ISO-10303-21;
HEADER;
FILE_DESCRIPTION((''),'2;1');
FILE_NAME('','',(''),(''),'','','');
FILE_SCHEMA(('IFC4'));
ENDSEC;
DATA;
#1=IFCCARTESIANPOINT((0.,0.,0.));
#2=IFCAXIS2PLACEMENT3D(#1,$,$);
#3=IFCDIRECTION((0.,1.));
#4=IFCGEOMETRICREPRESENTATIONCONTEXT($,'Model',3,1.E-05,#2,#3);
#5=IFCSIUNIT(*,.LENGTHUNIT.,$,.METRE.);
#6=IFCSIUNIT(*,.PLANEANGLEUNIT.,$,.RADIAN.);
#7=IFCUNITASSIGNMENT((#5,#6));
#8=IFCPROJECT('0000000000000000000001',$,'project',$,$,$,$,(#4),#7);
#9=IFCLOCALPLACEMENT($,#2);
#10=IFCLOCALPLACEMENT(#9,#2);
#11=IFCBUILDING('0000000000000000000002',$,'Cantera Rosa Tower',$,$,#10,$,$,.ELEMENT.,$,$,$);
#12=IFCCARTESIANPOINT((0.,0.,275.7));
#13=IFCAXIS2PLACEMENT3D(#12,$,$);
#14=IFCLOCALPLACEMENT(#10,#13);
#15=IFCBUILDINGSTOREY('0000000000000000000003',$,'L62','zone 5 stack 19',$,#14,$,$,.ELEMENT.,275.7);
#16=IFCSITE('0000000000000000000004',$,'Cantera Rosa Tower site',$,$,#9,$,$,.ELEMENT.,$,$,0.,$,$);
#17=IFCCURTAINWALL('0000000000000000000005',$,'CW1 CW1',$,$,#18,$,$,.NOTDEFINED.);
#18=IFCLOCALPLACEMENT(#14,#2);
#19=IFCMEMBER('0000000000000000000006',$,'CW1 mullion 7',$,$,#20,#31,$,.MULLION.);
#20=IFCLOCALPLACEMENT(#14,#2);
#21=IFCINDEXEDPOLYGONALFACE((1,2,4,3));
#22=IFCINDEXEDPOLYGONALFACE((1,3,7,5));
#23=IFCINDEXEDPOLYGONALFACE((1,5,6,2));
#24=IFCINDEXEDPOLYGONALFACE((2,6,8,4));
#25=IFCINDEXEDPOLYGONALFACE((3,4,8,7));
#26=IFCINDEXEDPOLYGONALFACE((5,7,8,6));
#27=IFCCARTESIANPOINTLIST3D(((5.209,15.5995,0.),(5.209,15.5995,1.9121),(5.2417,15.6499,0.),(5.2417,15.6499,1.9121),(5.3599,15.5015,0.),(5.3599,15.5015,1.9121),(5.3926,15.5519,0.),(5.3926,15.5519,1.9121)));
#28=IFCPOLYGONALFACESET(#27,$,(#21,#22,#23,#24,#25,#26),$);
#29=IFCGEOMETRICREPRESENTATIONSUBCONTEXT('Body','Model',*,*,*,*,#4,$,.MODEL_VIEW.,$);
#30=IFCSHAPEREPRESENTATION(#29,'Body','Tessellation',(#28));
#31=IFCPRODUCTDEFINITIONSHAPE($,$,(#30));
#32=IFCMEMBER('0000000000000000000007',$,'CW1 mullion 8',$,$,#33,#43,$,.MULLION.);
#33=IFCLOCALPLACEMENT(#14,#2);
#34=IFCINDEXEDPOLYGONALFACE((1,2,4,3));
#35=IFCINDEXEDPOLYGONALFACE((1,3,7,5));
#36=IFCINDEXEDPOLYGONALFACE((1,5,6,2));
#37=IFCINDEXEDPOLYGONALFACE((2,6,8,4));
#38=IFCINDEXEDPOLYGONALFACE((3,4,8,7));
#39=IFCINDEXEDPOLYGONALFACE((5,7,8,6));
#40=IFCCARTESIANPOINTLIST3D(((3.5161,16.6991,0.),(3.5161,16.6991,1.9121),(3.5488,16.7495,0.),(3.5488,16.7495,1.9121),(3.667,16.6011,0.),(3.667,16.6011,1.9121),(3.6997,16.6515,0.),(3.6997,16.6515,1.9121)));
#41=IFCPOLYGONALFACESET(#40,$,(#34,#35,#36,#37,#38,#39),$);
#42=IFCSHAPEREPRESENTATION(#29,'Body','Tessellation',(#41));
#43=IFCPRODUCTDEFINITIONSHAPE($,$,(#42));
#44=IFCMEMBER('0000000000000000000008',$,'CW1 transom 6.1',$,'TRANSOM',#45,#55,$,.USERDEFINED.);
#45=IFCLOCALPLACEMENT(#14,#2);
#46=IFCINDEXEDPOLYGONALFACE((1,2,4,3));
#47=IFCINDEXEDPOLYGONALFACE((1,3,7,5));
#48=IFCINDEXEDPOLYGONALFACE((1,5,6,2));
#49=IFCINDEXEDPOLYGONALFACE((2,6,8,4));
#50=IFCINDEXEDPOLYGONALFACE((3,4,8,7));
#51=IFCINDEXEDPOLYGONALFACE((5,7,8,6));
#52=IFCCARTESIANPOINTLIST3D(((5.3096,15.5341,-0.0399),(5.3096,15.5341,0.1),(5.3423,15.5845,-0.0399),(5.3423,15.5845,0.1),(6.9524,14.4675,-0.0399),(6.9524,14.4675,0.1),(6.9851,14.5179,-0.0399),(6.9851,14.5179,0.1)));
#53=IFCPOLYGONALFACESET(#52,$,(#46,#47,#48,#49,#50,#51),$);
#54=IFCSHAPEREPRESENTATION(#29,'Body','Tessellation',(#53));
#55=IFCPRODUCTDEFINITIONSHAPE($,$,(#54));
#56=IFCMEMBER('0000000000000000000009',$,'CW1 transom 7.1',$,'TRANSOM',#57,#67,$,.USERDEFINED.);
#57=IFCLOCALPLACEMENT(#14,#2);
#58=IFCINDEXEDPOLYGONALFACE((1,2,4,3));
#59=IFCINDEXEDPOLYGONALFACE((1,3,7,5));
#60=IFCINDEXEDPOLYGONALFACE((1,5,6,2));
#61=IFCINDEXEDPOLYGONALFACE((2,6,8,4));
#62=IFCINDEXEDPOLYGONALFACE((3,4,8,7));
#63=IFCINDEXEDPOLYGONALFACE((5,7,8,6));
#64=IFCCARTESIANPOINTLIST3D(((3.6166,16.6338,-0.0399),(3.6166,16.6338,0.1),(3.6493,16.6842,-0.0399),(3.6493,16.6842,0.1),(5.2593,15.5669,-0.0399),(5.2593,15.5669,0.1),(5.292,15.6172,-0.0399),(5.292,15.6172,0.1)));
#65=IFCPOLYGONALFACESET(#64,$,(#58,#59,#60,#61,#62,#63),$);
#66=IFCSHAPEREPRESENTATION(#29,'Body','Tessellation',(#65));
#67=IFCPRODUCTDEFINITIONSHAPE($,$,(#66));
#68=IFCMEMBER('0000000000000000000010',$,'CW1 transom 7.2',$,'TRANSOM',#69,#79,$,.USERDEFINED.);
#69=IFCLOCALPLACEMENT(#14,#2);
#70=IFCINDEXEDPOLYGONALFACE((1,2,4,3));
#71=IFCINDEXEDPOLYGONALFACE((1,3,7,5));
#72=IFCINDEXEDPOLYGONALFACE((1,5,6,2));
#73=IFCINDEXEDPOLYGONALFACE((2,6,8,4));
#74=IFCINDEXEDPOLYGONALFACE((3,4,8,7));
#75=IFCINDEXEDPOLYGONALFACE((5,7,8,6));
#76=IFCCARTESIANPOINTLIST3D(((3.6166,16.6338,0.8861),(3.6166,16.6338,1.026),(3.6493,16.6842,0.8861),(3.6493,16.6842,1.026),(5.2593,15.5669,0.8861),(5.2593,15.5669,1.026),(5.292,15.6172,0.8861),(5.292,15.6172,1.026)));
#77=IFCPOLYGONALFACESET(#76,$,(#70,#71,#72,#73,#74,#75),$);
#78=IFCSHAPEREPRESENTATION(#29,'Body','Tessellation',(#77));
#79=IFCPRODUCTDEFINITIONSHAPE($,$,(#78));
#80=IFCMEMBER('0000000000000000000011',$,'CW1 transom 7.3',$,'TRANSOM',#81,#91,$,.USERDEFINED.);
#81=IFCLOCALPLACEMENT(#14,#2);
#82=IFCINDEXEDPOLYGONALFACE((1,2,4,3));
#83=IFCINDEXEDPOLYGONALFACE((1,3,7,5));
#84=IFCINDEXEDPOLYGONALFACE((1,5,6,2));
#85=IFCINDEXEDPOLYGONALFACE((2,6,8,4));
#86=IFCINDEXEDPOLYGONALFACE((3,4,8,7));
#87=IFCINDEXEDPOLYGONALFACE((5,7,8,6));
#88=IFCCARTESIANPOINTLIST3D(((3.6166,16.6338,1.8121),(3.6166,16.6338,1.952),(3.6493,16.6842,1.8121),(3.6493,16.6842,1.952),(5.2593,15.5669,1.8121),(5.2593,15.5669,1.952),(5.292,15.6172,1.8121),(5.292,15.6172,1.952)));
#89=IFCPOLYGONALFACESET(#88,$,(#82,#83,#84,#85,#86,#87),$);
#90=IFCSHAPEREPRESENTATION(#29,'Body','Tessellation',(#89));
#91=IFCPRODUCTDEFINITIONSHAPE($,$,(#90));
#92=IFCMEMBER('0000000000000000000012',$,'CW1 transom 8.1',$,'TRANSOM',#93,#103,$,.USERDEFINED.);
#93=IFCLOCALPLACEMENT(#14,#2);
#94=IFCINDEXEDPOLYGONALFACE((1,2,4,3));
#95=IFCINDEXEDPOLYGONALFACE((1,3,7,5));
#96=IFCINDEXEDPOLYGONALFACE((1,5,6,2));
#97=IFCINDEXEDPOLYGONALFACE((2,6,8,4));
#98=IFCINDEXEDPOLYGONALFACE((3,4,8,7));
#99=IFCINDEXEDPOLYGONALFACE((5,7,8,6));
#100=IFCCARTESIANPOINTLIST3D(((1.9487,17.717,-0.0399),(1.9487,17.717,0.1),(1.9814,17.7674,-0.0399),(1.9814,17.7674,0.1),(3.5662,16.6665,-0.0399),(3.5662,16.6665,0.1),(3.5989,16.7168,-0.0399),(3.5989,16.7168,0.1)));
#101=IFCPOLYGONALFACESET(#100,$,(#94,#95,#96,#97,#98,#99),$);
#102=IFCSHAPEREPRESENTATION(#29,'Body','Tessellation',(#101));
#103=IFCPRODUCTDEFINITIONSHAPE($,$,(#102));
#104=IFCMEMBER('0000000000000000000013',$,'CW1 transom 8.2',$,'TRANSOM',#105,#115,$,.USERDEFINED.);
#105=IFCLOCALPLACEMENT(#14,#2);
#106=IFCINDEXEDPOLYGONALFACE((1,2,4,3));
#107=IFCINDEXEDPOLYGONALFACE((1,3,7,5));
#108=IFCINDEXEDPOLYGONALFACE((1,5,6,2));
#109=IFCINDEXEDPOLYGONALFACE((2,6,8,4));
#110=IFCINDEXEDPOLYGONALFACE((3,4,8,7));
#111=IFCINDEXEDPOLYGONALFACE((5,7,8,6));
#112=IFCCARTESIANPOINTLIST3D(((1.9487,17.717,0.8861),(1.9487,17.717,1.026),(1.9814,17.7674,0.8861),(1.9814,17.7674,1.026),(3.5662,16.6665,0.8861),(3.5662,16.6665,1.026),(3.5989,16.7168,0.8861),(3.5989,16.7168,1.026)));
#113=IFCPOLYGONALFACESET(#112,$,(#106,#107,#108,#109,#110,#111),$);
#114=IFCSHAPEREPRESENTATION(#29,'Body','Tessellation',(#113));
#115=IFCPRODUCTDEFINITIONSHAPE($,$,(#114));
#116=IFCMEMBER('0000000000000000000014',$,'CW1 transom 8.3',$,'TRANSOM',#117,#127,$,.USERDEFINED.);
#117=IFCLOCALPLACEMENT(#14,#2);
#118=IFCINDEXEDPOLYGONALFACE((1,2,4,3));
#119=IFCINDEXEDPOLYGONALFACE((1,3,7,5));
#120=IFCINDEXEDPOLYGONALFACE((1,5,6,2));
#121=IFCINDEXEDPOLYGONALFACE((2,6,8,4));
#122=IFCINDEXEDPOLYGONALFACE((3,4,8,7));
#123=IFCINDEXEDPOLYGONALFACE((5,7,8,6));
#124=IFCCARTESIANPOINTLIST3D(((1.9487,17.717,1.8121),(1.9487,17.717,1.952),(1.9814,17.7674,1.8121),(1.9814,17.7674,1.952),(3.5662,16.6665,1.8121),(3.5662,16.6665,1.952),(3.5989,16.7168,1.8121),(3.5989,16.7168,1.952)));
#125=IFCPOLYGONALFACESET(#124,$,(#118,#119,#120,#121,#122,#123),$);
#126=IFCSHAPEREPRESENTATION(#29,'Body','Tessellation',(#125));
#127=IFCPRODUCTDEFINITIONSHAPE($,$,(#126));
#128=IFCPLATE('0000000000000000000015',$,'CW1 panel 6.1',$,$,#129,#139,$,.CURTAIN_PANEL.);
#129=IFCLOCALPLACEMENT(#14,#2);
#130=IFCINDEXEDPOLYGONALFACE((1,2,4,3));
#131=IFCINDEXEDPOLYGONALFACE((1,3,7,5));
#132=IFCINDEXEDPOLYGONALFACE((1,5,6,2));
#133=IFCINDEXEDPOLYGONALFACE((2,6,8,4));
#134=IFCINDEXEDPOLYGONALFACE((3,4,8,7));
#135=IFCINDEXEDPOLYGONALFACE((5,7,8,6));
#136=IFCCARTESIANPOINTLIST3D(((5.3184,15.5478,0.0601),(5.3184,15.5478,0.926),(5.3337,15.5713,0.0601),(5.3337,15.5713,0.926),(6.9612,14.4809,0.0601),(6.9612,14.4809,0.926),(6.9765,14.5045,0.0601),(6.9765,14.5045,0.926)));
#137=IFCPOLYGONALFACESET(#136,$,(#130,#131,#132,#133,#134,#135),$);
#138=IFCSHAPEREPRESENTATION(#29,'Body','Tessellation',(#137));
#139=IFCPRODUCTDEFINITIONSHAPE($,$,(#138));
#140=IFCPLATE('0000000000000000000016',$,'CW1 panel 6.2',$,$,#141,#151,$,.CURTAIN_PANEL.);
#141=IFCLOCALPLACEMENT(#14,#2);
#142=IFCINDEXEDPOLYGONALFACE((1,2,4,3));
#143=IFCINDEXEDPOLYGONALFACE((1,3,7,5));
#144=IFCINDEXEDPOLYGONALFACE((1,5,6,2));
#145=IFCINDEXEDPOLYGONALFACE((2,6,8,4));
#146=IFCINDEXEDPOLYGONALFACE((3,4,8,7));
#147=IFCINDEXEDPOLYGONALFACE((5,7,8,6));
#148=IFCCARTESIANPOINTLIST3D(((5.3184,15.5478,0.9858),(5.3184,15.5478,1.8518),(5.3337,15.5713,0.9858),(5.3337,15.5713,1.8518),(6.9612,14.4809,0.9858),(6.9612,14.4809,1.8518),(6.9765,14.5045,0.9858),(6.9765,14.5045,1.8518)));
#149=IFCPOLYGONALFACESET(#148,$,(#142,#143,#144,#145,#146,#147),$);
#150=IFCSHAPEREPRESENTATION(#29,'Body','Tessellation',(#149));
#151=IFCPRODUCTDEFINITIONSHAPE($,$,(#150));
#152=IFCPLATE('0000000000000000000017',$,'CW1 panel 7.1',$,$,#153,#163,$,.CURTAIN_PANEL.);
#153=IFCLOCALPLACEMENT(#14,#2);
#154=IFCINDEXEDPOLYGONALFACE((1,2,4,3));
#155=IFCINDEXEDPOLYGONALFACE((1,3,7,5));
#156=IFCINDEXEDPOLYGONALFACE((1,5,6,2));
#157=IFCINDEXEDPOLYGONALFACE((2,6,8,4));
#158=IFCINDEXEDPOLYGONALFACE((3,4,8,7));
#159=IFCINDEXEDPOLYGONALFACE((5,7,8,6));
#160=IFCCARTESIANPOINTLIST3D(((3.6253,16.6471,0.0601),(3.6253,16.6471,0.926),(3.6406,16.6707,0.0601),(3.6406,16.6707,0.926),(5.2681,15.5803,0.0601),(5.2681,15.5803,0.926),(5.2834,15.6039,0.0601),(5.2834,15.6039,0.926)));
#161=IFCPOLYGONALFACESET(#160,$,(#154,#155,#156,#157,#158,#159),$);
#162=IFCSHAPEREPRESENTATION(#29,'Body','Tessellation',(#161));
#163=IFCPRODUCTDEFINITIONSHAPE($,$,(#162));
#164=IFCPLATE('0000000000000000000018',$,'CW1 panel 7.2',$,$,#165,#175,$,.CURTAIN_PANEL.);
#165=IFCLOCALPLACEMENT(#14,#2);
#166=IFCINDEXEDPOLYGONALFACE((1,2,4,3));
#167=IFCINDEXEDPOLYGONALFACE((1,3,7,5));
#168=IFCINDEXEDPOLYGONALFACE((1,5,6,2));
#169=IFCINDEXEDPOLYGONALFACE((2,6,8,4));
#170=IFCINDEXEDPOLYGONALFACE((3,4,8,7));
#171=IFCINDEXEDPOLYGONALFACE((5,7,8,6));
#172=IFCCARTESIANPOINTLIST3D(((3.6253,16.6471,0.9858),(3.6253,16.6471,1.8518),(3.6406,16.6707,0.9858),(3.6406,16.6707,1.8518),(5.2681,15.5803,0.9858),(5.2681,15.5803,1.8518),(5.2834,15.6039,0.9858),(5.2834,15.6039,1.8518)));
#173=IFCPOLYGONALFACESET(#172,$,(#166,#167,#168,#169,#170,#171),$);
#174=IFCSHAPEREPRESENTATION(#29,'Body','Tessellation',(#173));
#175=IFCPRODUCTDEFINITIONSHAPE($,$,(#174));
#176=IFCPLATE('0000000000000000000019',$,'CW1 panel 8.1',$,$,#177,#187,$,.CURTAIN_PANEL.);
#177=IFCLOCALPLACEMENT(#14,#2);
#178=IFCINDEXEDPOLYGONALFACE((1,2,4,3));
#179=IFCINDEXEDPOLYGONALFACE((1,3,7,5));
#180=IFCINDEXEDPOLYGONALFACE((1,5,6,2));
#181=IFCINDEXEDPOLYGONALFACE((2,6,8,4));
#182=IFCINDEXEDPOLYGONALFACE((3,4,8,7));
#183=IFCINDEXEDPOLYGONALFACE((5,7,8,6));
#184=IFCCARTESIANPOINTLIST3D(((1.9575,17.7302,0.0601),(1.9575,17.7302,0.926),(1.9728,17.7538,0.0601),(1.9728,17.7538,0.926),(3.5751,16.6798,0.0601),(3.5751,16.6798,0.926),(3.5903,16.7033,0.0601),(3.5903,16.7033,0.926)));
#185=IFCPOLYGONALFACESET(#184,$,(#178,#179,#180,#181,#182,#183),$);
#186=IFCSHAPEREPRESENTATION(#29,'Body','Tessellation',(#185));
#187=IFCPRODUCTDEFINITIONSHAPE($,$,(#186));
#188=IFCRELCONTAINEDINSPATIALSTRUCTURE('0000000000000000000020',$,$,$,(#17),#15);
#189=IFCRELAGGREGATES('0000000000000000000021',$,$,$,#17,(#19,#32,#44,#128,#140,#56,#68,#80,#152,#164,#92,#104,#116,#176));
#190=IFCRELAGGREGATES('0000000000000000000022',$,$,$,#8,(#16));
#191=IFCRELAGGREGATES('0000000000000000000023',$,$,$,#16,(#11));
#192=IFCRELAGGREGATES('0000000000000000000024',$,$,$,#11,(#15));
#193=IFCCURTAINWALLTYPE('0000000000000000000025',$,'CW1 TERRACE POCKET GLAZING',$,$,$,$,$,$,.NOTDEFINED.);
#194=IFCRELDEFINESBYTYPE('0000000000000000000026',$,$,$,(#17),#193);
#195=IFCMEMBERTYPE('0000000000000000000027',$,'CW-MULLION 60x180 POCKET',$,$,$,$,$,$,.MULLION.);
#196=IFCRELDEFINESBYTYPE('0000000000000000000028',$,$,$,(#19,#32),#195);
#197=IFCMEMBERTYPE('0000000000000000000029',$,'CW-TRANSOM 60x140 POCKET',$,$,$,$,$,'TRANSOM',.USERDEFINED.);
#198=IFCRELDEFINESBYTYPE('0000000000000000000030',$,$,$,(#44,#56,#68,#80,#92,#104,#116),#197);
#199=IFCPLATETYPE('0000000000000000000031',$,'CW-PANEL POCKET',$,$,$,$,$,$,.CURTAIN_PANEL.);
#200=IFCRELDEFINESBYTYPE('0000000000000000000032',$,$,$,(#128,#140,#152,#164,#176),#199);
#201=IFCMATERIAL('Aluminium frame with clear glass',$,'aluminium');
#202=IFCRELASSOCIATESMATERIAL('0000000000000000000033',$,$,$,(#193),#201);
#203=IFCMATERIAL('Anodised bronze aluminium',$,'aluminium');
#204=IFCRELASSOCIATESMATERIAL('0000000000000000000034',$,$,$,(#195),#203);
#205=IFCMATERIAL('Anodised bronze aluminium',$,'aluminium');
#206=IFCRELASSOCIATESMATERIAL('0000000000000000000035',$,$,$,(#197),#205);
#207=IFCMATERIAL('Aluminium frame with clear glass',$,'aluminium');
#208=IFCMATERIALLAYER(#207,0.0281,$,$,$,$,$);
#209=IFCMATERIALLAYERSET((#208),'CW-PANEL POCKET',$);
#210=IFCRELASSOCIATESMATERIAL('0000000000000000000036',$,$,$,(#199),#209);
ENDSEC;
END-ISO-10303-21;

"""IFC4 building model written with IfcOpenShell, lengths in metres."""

from ifc_helpers import new_model, si_unit, direction, frame, origin, origin_2d, place, context, subcontext, project, spatial, rectangle, extrude, material, layer, layer_set, material_profile, profile_set, type_object, element, aggregate, save


model = new_model("IFC4")

# Units and contexts
model_context = context("Model", 3, precision=1e-05, world=origin(), true_north=direction((0.0, 1.0)))
body_context = subcontext(model_context, "Body", "Model", "MODEL_VIEW")
ifc_project = project(units=[si_unit("LENGTHUNIT", "METRE"), si_unit("PLANEANGLEUNIT", "RADIAN")], contexts=[model_context])

# Site, building, storey
site_placement = place(None, origin())
site = spatial("IfcSite", under=ifc_project, at=site_placement, Name="Cantera Rosa Tower site", CompositionType="ELEMENT", RefElevation=0.0)
building_placement = place(site_placement, origin())
building = spatial("IfcBuilding", under=site, at=building_placement, Name="Cantera Rosa Tower", CompositionType="ELEMENT")
storey_placement = place(building_placement, frame((0.0, 0.0, 275.7)))
storey = spatial("IfcBuildingStorey", under=building, at=storey_placement, Name="L62", Description="zone 5 stack 19", CompositionType="ELEMENT", Elevation=275.7)

# Curtain wall, members, plates
ifc_material_1 = material(Name="Aluminium frame with clear glass", Category="aluminium")
curtain_wall_type = type_object("IfcCurtainWallType", Name="CW1 TERRACE POCKET GLAZING", PredefinedType="NOTDEFINED", material=ifc_material_1)
curtain_wall_placement = place(storey_placement, origin())
curtain_wall = element("IfcCurtainWall", 1, at=curtain_wall_placement, inside=storey, type_object=curtain_wall_type, Name="CW1 CW1", PredefinedType="NOTDEFINED")
ifc_material_2 = material(Name="Anodised bronze aluminium", Category="aluminium")
ifc_material_profile_1 = material_profile(ifc_material_2, rectangle(XDim=0.0601, YDim=0.1799, at=origin_2d()), Name="CW-MULLION 60x180 POCKET")
ifc_profile_set_1 = profile_set([ifc_material_profile_1], Name="Anodised bronze aluminium")
member_type_1 = type_object("IfcMemberType", Name="CW-MULLION 60x180 POCKET", PredefinedType="MULLION", material=ifc_profile_set_1)
member_1_placement = place(storey_placement, frame((5.3008, 15.5757, 0.0), z_axis=(0.0, 0.0, 1.0), x_axis=(-0.544639, -0.838671, 0.0)))
member_1 = element("IfcMember", 2, at=member_1_placement, type_object=member_type_1, Name="CW1 mullion 7", PredefinedType="MULLION", context=body_context, shape_type="SweptSolid", body=[
    extrude(rectangle(XDim=0.0601, YDim=0.1799, at=origin_2d()), origin(), (0.0, 0.0, 1.0), 1.9121),
])
member_2_placement = place(storey_placement, frame((3.6079, 16.6753, 0.0), z_axis=(0.0, 0.0, 1.0), x_axis=(-0.544639, -0.838671, 0.0)))
member_2 = element("IfcMember", 3, at=member_2_placement, type_object=member_type_1, Name="CW1 mullion 8", PredefinedType="MULLION", context=body_context, shape_type="SweptSolid", body=[
    extrude(rectangle(XDim=0.0601, YDim=0.1799, at=origin_2d()), origin(), (0.0, 0.0, 1.0), 1.9121),
])
ifc_material_3 = material(Name="Anodised bronze aluminium", Category="aluminium")
ifc_material_profile_2 = material_profile(ifc_material_3, rectangle(XDim=0.0601, YDim=0.1399, at=origin_2d()), Name="CW-TRANSOM 60x140 POCKET")
ifc_profile_set_2 = profile_set([ifc_material_profile_2], Name="Anodised bronze aluminium")
member_type_2 = type_object("IfcMemberType", Name="CW-TRANSOM 60x140 POCKET", ElementType="TRANSOM", PredefinedType="USERDEFINED", material=ifc_profile_set_2)
member_3_placement = place(storey_placement, frame((6.9688, 14.4927, 0.03), z_axis=(-0.83872, 0.544563, 0.0), x_axis=(-0.544563, -0.83872, 0.0)))
member_3 = element("IfcMember", 4, at=member_3_placement, type_object=member_type_2, Name="CW1 transom 6.1", ObjectType="TRANSOM", PredefinedType="USERDEFINED", context=body_context, shape_type="SweptSolid", body=[
    extrude(rectangle(XDim=0.0601, YDim=0.1399, at=origin_2d()), origin(), (0.0, 0.0, 1.0), 1.9587),
])
member_4_placement = place(storey_placement, frame((5.2756, 15.592, 0.03), z_axis=(-0.838626, 0.544708, 0.0), x_axis=(-0.544708, -0.838626, 0.0)))
member_4 = element("IfcMember", 5, at=member_4_placement, type_object=member_type_2, Name="CW1 transom 7.1", ObjectType="TRANSOM", PredefinedType="USERDEFINED", context=body_context, shape_type="SweptSolid", body=[
    extrude(rectangle(XDim=0.0601, YDim=0.1399, at=origin_2d()), origin(), (0.0, 0.0, 1.0), 1.9587),
])
member_5_placement = place(storey_placement, frame((5.2756, 15.592, 0.9561), z_axis=(-0.838626, 0.544708, 0.0), x_axis=(-0.544708, -0.838626, 0.0)))
member_5 = element("IfcMember", 6, at=member_5_placement, type_object=member_type_2, Name="CW1 transom 7.2", ObjectType="TRANSOM", PredefinedType="USERDEFINED", context=body_context, shape_type="SweptSolid", body=[
    extrude(rectangle(XDim=0.0601, YDim=0.1399, at=origin_2d()), origin(), (0.0, 0.0, 1.0), 1.9587),
])
member_6_placement = place(storey_placement, frame((5.2756, 15.592, 1.8821), z_axis=(-0.838626, 0.544708, 0.0), x_axis=(-0.544708, -0.838626, 0.0)))
member_6 = element("IfcMember", 7, at=member_6_placement, type_object=member_type_2, Name="CW1 transom 7.3", ObjectType="TRANSOM", PredefinedType="USERDEFINED", context=body_context, shape_type="SweptSolid", body=[
    extrude(rectangle(XDim=0.0601, YDim=0.1399, at=origin_2d()), origin(), (0.0, 0.0, 1.0), 1.9587),
])
member_7_placement = place(storey_placement, frame((3.5825, 16.6917, 0.03), z_axis=(-0.838632, 0.544699, 0.0), x_axis=(-0.544699, -0.838632, 0.0)))
member_7 = element("IfcMember", 8, at=member_7_placement, type_object=member_type_2, Name="CW1 transom 8.1", ObjectType="TRANSOM", PredefinedType="USERDEFINED", context=body_context, shape_type="SweptSolid", body=[
    extrude(rectangle(XDim=0.0601, YDim=0.1399, at=origin_2d()), origin(), (0.0, 0.0, 1.0), 1.9287),
])
member_8_placement = place(storey_placement, frame((3.5825, 16.6917, 0.9561), z_axis=(-0.838632, 0.544699, 0.0), x_axis=(-0.544699, -0.838632, 0.0)))
member_8 = element("IfcMember", 9, at=member_8_placement, type_object=member_type_2, Name="CW1 transom 8.2", ObjectType="TRANSOM", PredefinedType="USERDEFINED", context=body_context, shape_type="SweptSolid", body=[
    extrude(rectangle(XDim=0.0601, YDim=0.1399, at=origin_2d()), origin(), (0.0, 0.0, 1.0), 1.9287),
])
member_9_placement = place(storey_placement, frame((3.5825, 16.6917, 1.8821), z_axis=(-0.838632, 0.544699, 0.0), x_axis=(-0.544699, -0.838632, 0.0)))
member_9 = element("IfcMember", 10, at=member_9_placement, type_object=member_type_2, Name="CW1 transom 8.3", ObjectType="TRANSOM", PredefinedType="USERDEFINED", context=body_context, shape_type="SweptSolid", body=[
    extrude(rectangle(XDim=0.0601, YDim=0.1399, at=origin_2d()), origin(), (0.0, 0.0, 1.0), 1.9287),
])
ifc_material_4 = material(Name="Aluminium frame with clear glass", Category="aluminium")
ifc_layer_1 = layer(ifc_material_4, 0.0281)
ifc_layer_set_1 = layer_set([ifc_layer_1], Name="CW-PANEL POCKET")
plate_type = type_object("IfcPlateType", Name="CW-PANEL POCKET", PredefinedType="CURTAIN_PANEL", material=ifc_layer_set_1)
plate_1_placement = place(storey_placement, frame((6.1475, 15.0261, 0.0601), z_axis=(0.0, 0.0, 1.0), x_axis=(-0.838671, 0.544639, 0.0)))
plate_1 = element("IfcPlate", 11, at=plate_1_placement, type_object=plate_type, Name="CW1 panel 6.1", PredefinedType="CURTAIN_PANEL", context=body_context, shape_type="SweptSolid", body=[
    extrude(rectangle(XDim=1.9587, YDim=0.0281, at=origin_2d()), origin(), (0.0, 0.0, 1.0), 0.866),
])
plate_2_placement = place(storey_placement, frame((6.1475, 15.0261, 0.9858), z_axis=(0.0, 0.0, 1.0), x_axis=(-0.838671, 0.544639, 0.0)))
plate_2 = element("IfcPlate", 12, at=plate_2_placement, type_object=plate_type, Name="CW1 panel 6.2", PredefinedType="CURTAIN_PANEL", context=body_context, shape_type="SweptSolid", body=[
    extrude(rectangle(XDim=1.9587, YDim=0.0281, at=origin_2d()), origin(), (0.0, 0.0, 1.0), 0.866),
])
plate_3_placement = place(storey_placement, frame((4.4543, 16.1255, 0.0601), z_axis=(0.0, 0.0, 1.0), x_axis=(-0.838671, 0.544639, 0.0)))
plate_3 = element("IfcPlate", 13, at=plate_3_placement, type_object=plate_type, Name="CW1 panel 7.1", PredefinedType="CURTAIN_PANEL", context=body_context, shape_type="SweptSolid", body=[
    extrude(rectangle(XDim=1.9587, YDim=0.0281, at=origin_2d()), origin(), (0.0, 0.0, 1.0), 0.866),
])
plate_4_placement = place(storey_placement, frame((4.4543, 16.1255, 0.9858), z_axis=(0.0, 0.0, 1.0), x_axis=(-0.838671, 0.544639, 0.0)))
plate_4 = element("IfcPlate", 14, at=plate_4_placement, type_object=plate_type, Name="CW1 panel 7.2", PredefinedType="CURTAIN_PANEL", context=body_context, shape_type="SweptSolid", body=[
    extrude(rectangle(XDim=1.9587, YDim=0.0281, at=origin_2d()), origin(), (0.0, 0.0, 1.0), 0.866),
])
plate_5_placement = place(storey_placement, frame((2.7739, 17.2168, 0.0601), z_axis=(0.0, 0.0, 1.0), x_axis=(-0.838671, 0.544639, 0.0)))
plate_5 = element("IfcPlate", 15, at=plate_5_placement, type_object=plate_type, Name="CW1 panel 8.1", PredefinedType="CURTAIN_PANEL", context=body_context, shape_type="SweptSolid", body=[
    extrude(rectangle(XDim=1.9287, YDim=0.0281, at=origin_2d()), origin(), (0.0, 0.0, 1.0), 0.866),
])
aggregate(curtain_wall, [member_1, member_2, member_3, plate_1, plate_2, member_4, member_5, member_6, plate_3, plate_4, member_7, member_8, member_9, plate_5])

save(model, "model.ifc")
